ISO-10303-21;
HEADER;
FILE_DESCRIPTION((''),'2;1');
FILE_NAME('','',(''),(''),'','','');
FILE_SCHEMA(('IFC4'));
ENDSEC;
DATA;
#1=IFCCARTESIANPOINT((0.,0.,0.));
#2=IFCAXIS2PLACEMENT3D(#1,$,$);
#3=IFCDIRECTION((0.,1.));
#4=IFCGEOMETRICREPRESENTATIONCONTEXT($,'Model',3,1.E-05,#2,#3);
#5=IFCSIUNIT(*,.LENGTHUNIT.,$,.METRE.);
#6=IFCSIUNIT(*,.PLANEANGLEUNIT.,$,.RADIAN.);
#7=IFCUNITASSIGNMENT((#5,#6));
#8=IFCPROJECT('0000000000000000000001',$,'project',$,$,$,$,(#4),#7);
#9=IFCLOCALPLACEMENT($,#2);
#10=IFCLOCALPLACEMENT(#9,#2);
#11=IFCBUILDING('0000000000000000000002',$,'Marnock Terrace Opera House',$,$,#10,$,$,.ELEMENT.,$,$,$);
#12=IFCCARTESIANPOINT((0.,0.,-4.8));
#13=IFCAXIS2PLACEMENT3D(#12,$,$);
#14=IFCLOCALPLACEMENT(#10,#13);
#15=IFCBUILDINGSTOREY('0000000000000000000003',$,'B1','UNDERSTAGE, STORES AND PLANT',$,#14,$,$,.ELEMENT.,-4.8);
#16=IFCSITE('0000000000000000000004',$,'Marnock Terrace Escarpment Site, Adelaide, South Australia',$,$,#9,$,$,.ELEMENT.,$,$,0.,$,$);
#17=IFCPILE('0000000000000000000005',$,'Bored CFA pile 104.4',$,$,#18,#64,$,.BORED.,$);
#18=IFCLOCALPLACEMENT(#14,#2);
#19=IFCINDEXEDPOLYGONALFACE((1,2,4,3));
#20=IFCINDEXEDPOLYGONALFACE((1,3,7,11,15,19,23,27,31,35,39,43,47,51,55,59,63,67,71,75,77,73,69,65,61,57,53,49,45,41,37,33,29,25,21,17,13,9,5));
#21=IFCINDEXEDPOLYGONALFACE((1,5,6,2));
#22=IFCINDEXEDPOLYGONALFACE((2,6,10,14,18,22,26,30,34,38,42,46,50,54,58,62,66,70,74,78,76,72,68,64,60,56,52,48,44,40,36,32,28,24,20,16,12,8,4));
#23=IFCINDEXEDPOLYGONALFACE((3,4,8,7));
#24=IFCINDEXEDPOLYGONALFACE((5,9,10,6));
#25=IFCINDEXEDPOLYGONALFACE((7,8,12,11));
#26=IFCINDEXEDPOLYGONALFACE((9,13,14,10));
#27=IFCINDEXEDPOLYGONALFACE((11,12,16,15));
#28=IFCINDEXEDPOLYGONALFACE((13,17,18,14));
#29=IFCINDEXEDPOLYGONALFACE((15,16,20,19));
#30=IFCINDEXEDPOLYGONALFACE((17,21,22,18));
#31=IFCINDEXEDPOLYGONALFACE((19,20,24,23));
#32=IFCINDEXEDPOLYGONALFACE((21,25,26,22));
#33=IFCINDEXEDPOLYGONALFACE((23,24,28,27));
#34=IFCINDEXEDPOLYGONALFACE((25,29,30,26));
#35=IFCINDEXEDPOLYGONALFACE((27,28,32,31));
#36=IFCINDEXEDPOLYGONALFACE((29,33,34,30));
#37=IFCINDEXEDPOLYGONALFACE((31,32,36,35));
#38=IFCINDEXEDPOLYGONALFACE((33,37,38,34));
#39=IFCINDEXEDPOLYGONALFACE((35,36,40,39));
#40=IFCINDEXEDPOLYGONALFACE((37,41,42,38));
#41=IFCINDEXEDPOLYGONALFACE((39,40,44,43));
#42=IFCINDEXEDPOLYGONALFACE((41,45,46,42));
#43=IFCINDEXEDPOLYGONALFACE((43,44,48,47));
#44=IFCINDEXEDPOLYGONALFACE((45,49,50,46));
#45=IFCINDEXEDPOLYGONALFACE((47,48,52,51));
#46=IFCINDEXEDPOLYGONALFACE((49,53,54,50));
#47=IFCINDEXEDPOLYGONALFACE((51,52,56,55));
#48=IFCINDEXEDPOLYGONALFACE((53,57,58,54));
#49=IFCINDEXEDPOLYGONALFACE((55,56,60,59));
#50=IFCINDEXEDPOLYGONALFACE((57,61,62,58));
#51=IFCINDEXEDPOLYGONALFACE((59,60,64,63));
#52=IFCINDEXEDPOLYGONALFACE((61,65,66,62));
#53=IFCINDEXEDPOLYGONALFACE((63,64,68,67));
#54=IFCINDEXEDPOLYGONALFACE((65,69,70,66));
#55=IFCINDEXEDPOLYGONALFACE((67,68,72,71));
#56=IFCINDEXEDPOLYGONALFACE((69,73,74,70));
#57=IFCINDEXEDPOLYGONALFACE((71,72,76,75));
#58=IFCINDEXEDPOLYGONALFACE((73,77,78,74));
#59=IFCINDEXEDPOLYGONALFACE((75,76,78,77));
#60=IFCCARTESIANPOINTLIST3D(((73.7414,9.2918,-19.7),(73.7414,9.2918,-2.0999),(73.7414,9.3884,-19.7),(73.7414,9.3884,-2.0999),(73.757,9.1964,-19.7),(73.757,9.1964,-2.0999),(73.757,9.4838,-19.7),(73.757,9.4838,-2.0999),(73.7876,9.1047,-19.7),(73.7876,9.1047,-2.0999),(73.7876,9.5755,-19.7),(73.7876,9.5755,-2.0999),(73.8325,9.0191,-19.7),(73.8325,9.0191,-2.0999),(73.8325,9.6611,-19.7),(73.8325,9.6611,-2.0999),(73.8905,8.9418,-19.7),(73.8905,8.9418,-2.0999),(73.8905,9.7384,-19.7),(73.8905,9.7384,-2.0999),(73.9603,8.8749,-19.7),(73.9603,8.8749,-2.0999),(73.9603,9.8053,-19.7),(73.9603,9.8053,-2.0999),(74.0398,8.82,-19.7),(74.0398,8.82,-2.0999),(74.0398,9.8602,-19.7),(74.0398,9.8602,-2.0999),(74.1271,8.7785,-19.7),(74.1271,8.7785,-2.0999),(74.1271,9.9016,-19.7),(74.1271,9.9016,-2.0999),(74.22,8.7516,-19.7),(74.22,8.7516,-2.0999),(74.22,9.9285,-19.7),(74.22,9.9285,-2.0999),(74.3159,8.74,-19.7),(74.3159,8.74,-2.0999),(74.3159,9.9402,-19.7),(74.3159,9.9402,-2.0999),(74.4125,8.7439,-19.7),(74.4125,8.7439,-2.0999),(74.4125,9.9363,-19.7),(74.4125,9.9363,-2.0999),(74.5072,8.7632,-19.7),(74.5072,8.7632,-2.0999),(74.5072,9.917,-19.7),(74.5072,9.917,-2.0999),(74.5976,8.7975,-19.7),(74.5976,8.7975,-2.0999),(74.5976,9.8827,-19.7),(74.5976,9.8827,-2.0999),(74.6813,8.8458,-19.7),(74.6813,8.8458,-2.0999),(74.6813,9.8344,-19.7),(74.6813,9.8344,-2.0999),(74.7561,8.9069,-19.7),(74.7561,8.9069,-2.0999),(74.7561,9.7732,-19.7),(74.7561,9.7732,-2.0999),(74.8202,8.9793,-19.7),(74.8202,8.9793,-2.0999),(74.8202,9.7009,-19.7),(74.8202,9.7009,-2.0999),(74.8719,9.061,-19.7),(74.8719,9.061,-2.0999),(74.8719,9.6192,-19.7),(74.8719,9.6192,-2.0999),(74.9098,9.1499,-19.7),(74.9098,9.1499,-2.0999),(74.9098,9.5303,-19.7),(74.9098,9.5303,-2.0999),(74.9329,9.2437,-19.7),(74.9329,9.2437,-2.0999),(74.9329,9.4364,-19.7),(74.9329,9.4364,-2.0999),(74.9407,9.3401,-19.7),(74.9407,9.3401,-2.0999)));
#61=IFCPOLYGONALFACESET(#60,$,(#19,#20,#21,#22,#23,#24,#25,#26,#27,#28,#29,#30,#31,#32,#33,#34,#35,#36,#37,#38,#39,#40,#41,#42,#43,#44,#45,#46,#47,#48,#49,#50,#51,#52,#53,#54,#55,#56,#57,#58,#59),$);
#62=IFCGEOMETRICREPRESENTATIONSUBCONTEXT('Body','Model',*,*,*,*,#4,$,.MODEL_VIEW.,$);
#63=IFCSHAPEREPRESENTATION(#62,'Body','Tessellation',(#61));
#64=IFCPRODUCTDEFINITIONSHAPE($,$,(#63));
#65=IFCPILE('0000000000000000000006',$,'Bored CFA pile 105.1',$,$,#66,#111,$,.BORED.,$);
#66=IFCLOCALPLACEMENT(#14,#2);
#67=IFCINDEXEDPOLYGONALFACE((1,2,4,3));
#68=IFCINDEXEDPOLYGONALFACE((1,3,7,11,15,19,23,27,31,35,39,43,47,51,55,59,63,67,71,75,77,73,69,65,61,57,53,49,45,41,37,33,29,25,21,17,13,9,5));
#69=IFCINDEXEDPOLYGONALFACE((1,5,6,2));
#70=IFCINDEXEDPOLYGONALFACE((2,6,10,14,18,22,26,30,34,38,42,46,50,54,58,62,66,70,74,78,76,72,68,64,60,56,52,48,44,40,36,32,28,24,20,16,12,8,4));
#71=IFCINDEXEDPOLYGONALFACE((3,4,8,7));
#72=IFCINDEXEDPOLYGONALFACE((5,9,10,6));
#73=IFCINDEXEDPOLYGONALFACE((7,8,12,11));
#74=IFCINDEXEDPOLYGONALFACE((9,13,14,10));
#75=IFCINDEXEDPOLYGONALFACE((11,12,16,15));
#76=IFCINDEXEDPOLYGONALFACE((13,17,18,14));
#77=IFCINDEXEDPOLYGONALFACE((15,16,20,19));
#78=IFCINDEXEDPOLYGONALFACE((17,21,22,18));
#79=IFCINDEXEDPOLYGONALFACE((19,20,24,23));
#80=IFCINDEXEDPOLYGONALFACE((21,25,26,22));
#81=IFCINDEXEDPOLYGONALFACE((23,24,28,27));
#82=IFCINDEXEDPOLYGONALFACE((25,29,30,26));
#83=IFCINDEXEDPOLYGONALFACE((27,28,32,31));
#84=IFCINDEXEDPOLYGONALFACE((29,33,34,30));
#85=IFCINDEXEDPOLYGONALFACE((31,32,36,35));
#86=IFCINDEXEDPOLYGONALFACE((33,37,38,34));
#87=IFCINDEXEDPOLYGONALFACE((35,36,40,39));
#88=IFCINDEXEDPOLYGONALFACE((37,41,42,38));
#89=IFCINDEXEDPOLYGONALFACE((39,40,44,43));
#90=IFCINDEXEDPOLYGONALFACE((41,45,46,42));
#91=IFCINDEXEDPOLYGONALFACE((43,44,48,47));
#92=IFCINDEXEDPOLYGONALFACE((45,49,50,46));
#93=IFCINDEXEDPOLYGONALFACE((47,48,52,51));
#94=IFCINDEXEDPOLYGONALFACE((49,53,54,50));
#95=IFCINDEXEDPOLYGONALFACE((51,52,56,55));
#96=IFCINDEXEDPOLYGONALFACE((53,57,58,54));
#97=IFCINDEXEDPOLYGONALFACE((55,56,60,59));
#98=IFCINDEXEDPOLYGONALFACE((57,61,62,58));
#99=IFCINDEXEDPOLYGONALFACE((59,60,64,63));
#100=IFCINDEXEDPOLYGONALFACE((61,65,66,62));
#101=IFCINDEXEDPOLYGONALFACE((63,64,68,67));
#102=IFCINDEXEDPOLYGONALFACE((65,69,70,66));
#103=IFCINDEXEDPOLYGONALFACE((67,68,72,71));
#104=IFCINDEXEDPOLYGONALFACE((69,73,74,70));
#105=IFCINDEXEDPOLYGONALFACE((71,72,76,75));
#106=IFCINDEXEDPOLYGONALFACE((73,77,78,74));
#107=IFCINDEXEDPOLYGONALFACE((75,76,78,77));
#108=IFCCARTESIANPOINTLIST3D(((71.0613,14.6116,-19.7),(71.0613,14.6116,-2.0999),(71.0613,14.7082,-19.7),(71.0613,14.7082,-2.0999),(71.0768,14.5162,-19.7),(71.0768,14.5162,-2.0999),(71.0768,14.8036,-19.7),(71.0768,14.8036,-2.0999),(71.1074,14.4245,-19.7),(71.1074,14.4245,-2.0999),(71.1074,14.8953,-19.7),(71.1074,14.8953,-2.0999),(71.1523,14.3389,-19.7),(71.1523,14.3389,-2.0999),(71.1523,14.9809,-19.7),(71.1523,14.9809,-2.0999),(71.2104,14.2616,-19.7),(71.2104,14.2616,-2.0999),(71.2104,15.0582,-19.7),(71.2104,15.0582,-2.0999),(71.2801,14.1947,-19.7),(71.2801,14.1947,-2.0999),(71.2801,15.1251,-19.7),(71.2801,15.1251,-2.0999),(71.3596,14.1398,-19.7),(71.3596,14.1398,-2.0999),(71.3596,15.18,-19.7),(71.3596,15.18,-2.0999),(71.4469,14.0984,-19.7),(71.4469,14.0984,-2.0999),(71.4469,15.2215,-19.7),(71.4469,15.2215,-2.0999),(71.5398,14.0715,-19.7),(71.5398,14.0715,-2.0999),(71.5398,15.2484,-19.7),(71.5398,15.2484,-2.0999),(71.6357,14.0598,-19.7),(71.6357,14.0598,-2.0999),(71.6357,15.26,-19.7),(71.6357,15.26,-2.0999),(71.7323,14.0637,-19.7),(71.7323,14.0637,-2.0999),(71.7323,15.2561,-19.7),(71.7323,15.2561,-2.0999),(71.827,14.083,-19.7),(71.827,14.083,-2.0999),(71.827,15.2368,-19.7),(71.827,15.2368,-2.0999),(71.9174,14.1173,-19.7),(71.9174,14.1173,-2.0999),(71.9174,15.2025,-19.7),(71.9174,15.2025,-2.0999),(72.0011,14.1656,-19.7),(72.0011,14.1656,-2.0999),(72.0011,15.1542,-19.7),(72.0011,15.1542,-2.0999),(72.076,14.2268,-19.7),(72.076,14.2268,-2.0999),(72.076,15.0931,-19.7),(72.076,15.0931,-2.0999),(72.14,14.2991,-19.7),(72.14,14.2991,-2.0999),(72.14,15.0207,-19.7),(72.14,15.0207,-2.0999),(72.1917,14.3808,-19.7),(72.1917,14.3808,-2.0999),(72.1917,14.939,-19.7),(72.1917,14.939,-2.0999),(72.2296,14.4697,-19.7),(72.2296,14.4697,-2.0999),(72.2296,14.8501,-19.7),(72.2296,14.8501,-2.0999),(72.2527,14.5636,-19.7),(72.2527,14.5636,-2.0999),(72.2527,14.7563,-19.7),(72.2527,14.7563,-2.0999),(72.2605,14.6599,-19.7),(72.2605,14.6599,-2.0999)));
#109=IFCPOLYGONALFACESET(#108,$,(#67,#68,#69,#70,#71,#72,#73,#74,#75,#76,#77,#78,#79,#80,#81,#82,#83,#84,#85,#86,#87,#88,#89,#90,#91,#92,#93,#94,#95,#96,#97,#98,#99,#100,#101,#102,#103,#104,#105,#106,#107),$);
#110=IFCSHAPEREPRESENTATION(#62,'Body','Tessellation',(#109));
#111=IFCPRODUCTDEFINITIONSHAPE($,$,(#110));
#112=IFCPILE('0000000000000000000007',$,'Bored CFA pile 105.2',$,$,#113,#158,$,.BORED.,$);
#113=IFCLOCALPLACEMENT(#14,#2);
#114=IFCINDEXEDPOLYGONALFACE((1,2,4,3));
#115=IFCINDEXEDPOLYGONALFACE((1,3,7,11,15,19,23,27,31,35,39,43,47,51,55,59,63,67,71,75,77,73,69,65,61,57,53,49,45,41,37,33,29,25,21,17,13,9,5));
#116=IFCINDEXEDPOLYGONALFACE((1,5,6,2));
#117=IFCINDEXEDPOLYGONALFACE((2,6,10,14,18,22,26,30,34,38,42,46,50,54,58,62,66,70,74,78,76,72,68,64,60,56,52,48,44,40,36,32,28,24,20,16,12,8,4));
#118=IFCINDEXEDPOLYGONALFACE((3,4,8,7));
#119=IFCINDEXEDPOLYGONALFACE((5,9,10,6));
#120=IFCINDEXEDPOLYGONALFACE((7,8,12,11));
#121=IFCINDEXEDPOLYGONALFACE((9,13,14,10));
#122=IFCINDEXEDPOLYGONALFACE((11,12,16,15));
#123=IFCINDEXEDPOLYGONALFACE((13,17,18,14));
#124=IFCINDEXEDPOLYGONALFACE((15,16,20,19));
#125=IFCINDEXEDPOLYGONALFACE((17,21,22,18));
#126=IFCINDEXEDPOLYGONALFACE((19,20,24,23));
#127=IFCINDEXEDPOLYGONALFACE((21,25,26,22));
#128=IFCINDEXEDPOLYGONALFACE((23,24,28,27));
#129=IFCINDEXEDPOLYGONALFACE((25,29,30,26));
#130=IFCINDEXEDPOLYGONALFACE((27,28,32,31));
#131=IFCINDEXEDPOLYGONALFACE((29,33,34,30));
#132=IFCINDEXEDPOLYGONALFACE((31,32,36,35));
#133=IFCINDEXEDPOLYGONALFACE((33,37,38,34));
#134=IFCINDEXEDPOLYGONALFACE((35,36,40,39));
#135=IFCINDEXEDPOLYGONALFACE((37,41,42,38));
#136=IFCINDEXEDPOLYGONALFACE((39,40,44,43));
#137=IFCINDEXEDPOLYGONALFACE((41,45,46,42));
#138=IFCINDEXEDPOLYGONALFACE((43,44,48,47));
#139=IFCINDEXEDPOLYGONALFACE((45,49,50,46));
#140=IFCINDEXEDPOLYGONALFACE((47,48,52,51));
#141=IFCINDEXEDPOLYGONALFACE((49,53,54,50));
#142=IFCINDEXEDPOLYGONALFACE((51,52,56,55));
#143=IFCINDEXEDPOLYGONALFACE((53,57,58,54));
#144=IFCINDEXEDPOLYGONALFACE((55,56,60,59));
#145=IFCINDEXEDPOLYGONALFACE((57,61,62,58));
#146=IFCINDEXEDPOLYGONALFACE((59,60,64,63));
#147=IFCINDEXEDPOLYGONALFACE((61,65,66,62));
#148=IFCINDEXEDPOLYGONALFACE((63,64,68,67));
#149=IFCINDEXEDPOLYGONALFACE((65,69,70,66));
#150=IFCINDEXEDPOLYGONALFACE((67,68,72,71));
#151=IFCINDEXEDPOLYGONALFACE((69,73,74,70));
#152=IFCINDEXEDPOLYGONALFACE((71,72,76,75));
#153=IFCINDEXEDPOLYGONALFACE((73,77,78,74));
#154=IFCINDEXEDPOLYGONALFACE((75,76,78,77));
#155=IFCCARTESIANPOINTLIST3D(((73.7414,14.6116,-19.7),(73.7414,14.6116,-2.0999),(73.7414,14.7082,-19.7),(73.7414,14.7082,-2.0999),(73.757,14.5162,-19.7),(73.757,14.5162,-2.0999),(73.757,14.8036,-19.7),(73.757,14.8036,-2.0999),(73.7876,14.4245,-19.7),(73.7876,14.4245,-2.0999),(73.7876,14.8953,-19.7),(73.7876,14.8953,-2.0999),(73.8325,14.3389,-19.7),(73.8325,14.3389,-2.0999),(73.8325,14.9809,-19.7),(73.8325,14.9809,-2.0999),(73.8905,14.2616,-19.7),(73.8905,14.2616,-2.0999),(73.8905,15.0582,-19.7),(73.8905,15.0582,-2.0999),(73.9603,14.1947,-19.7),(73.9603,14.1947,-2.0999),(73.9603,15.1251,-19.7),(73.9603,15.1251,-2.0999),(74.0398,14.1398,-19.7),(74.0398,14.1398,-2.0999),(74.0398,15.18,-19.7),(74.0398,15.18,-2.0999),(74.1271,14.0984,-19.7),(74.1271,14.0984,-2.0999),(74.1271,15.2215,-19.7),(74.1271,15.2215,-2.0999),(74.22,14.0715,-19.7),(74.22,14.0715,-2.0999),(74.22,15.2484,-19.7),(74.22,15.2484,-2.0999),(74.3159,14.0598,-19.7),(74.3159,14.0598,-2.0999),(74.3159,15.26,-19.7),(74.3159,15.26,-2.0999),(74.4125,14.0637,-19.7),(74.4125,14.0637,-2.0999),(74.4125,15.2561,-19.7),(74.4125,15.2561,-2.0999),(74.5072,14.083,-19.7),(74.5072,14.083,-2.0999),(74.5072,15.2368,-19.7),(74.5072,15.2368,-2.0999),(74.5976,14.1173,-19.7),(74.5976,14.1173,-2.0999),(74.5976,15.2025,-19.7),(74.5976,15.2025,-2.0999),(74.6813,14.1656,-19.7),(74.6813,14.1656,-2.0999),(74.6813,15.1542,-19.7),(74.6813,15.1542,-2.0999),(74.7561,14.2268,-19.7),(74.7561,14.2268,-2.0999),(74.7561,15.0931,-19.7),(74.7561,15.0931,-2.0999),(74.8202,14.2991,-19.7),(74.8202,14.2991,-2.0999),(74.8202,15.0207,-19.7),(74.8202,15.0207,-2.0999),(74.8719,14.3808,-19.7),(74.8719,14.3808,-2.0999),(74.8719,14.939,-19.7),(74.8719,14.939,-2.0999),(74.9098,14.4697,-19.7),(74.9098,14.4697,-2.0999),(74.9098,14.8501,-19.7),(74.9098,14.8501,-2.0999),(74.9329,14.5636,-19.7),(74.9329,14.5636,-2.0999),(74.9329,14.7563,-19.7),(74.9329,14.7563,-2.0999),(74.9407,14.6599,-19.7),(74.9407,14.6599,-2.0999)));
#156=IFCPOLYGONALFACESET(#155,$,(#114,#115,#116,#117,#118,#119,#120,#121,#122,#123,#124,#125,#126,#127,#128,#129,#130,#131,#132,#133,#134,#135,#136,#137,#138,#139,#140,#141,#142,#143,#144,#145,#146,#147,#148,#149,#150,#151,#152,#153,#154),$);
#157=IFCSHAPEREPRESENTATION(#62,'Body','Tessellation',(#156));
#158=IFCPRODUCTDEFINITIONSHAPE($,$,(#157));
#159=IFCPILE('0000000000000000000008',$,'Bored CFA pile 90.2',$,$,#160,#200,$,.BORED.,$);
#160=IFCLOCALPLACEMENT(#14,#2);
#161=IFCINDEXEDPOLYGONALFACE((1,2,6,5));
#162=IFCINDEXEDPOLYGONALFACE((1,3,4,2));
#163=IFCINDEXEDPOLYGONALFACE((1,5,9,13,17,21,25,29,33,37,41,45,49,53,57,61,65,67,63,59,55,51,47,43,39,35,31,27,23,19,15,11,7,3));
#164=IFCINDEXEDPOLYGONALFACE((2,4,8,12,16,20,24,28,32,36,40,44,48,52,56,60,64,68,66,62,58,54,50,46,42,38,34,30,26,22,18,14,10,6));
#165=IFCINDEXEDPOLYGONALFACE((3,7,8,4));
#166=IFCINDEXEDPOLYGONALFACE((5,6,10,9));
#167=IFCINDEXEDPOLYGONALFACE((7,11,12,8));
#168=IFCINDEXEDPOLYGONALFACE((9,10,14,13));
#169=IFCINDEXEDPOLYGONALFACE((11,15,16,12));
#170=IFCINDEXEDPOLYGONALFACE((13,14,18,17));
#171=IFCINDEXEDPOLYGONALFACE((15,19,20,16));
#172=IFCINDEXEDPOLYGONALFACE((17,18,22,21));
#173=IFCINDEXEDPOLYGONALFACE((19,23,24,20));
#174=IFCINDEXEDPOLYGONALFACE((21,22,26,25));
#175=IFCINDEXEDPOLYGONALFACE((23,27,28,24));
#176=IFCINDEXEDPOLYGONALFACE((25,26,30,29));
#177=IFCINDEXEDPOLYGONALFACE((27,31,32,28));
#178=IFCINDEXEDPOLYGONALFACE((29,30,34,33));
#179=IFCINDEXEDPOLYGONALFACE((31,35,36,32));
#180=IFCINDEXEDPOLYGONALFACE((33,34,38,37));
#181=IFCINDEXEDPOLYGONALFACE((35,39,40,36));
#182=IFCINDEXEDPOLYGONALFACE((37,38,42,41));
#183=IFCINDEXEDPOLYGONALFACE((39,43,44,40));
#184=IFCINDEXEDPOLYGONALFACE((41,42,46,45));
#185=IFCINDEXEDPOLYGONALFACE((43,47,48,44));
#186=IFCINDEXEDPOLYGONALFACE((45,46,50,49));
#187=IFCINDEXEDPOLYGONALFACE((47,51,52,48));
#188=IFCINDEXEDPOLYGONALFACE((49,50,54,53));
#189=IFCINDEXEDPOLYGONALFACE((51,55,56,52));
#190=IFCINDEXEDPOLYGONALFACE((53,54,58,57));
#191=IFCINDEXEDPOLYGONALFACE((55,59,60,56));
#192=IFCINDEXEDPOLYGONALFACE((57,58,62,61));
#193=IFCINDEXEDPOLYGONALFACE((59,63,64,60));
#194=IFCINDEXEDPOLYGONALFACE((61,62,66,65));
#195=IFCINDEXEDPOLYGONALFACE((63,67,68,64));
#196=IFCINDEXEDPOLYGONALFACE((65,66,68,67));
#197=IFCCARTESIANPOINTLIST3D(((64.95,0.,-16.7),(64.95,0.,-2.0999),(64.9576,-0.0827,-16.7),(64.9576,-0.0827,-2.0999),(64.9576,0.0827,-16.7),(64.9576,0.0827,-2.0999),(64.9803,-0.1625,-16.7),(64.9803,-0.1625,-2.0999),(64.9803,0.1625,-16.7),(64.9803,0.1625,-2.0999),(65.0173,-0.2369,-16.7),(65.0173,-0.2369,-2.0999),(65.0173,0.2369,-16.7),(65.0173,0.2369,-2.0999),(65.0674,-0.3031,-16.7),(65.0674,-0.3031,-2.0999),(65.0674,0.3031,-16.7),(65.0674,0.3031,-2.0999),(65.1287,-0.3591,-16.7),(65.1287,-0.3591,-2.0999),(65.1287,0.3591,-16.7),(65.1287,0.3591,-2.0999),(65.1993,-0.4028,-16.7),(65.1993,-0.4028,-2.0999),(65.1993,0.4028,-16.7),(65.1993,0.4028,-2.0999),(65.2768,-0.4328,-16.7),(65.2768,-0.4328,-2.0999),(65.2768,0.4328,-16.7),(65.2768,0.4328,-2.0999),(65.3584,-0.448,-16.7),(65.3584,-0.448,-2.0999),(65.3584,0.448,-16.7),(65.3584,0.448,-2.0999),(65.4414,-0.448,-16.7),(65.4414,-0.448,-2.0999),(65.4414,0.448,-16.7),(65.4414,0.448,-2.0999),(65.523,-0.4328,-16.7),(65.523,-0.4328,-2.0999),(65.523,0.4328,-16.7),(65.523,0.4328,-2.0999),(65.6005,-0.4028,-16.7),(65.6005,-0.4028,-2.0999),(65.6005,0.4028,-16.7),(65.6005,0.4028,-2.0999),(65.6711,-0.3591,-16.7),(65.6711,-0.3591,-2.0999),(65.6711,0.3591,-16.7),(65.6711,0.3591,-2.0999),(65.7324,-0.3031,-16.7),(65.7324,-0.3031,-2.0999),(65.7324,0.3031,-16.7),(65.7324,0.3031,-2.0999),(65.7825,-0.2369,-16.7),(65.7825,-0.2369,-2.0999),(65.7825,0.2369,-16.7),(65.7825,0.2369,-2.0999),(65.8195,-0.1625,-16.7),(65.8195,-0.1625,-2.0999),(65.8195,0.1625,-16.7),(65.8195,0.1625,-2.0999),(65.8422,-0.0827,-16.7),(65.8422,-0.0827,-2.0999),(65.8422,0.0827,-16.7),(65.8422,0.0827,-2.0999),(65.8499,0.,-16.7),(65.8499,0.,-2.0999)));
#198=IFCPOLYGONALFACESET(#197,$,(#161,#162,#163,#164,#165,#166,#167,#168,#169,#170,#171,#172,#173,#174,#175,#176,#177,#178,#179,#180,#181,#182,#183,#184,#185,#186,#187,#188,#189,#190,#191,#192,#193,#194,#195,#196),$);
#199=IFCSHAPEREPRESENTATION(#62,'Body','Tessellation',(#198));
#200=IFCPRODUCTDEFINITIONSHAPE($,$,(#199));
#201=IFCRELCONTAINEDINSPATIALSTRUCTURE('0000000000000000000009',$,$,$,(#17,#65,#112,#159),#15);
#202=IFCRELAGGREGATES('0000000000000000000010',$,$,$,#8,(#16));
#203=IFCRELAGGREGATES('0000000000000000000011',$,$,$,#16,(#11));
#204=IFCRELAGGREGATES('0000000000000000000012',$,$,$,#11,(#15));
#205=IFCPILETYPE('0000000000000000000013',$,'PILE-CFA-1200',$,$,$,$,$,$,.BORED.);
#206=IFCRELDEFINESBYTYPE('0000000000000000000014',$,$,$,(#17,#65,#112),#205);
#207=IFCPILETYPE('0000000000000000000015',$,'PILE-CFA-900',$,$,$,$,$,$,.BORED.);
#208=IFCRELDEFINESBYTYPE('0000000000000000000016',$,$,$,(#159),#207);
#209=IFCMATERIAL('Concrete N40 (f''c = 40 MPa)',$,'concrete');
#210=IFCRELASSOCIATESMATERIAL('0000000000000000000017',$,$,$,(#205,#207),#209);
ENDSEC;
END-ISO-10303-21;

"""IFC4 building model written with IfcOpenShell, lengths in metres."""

from ifc_helpers import new_model, si_unit, direction, frame, origin, origin_2d, place, context, subcontext, project, spatial, circle, extrude, material, material_profile, profile_set, type_object, element, save


model = new_model("IFC4")

# Units and contexts
model_context = context("Model", 3, precision=1e-05, world=origin(), true_north=direction((0.0, 1.0)))
body_context = subcontext(model_context, "Body", "Model", "MODEL_VIEW")
ifc_project = project(units=[si_unit("LENGTHUNIT", "METRE"), si_unit("PLANEANGLEUNIT", "RADIAN")], contexts=[model_context])

# Site, building, storey
site_placement = place(None, origin())
site = spatial("IfcSite", under=ifc_project, at=site_placement, Name="Marnock Terrace Escarpment Site, Adelaide, South Australia", CompositionType="ELEMENT", RefElevation=0.0)
building_placement = place(site_placement, origin())
building = spatial("IfcBuilding", under=site, at=building_placement, Name="Marnock Terrace Opera House", CompositionType="ELEMENT")
storey_placement = place(building_placement, frame((0.0, 0.0, -4.8)))
storey = spatial("IfcBuildingStorey", under=building, at=storey_placement, Name="B1", Description="UNDERSTAGE, STORES AND PLANT", CompositionType="ELEMENT", Elevation=-4.8)

# Shared definitions
ifc_material_1 = material(Name="Concrete N40 (f'c = 40 MPa)", Category="concrete")

# Piles
ifc_material_profile_1 = material_profile(ifc_material_1, circle(Radius=0.6006, at=origin_2d()))
ifc_profile_set_1 = profile_set([ifc_material_profile_1], Name="Concrete N40 (f'c = 40 MPa)")
pile_type_1 = type_object("IfcPileType", Name="PILE-CFA-1200", PredefinedType="BORED", material=ifc_profile_set_1)
for number, where, z_axis, x_axis, name in (
    (1, (74.3401, 9.3401, -2.0999), (0.0, 0.0, -1.0), (1.0, 0.0, 0.0), "Bored CFA pile 104.4"),
    (2, (71.6599, 14.6599, -2.0999), (0.0, 0.0, -1.0), (1.0, 0.0, 0.0), "Bored CFA pile 105.1"),
    (3, (74.3401, 14.6599, -2.0999), (0.0, 0.0, -1.0), (1.0, 0.0, 0.0), "Bored CFA pile 105.2"),
):
    element("IfcPile", number, at=place(storey_placement, frame(where, z_axis=z_axis, x_axis=x_axis)), inside=storey, type_object=pile_type_1, Name=name, PredefinedType="BORED", context=body_context, shape_type="SweptSolid", body=[
        extrude(circle(Radius=0.6006, at=origin_2d()), origin(), (0.0, 0.0, 1.0), 17.6001),
    ])
ifc_material_profile_2 = material_profile(ifc_material_1, circle(Radius=0.45, at=origin_2d()))
ifc_profile_set_2 = profile_set([ifc_material_profile_2], Name="Concrete N40 (f'c = 40 MPa)")
pile_type_2 = type_object("IfcPileType", Name="PILE-CFA-900", PredefinedType="BORED", material=ifc_profile_set_2)
pile_1_placement = place(storey_placement, frame((65.3999, 0.0, -2.0999), z_axis=(0.0, 0.0, -1.0), x_axis=(1.0, 0.0, 0.0)))
element("IfcPile", 4, at=pile_1_placement, inside=storey, type_object=pile_type_2, Name="Bored CFA pile 90.2", PredefinedType="BORED", context=body_context, shape_type="SweptSolid", body=[
    extrude(circle(Radius=0.45, at=origin_2d()), origin(), (0.0, 0.0, 1.0), 14.6001),
])

save(model, "model.ifc")
